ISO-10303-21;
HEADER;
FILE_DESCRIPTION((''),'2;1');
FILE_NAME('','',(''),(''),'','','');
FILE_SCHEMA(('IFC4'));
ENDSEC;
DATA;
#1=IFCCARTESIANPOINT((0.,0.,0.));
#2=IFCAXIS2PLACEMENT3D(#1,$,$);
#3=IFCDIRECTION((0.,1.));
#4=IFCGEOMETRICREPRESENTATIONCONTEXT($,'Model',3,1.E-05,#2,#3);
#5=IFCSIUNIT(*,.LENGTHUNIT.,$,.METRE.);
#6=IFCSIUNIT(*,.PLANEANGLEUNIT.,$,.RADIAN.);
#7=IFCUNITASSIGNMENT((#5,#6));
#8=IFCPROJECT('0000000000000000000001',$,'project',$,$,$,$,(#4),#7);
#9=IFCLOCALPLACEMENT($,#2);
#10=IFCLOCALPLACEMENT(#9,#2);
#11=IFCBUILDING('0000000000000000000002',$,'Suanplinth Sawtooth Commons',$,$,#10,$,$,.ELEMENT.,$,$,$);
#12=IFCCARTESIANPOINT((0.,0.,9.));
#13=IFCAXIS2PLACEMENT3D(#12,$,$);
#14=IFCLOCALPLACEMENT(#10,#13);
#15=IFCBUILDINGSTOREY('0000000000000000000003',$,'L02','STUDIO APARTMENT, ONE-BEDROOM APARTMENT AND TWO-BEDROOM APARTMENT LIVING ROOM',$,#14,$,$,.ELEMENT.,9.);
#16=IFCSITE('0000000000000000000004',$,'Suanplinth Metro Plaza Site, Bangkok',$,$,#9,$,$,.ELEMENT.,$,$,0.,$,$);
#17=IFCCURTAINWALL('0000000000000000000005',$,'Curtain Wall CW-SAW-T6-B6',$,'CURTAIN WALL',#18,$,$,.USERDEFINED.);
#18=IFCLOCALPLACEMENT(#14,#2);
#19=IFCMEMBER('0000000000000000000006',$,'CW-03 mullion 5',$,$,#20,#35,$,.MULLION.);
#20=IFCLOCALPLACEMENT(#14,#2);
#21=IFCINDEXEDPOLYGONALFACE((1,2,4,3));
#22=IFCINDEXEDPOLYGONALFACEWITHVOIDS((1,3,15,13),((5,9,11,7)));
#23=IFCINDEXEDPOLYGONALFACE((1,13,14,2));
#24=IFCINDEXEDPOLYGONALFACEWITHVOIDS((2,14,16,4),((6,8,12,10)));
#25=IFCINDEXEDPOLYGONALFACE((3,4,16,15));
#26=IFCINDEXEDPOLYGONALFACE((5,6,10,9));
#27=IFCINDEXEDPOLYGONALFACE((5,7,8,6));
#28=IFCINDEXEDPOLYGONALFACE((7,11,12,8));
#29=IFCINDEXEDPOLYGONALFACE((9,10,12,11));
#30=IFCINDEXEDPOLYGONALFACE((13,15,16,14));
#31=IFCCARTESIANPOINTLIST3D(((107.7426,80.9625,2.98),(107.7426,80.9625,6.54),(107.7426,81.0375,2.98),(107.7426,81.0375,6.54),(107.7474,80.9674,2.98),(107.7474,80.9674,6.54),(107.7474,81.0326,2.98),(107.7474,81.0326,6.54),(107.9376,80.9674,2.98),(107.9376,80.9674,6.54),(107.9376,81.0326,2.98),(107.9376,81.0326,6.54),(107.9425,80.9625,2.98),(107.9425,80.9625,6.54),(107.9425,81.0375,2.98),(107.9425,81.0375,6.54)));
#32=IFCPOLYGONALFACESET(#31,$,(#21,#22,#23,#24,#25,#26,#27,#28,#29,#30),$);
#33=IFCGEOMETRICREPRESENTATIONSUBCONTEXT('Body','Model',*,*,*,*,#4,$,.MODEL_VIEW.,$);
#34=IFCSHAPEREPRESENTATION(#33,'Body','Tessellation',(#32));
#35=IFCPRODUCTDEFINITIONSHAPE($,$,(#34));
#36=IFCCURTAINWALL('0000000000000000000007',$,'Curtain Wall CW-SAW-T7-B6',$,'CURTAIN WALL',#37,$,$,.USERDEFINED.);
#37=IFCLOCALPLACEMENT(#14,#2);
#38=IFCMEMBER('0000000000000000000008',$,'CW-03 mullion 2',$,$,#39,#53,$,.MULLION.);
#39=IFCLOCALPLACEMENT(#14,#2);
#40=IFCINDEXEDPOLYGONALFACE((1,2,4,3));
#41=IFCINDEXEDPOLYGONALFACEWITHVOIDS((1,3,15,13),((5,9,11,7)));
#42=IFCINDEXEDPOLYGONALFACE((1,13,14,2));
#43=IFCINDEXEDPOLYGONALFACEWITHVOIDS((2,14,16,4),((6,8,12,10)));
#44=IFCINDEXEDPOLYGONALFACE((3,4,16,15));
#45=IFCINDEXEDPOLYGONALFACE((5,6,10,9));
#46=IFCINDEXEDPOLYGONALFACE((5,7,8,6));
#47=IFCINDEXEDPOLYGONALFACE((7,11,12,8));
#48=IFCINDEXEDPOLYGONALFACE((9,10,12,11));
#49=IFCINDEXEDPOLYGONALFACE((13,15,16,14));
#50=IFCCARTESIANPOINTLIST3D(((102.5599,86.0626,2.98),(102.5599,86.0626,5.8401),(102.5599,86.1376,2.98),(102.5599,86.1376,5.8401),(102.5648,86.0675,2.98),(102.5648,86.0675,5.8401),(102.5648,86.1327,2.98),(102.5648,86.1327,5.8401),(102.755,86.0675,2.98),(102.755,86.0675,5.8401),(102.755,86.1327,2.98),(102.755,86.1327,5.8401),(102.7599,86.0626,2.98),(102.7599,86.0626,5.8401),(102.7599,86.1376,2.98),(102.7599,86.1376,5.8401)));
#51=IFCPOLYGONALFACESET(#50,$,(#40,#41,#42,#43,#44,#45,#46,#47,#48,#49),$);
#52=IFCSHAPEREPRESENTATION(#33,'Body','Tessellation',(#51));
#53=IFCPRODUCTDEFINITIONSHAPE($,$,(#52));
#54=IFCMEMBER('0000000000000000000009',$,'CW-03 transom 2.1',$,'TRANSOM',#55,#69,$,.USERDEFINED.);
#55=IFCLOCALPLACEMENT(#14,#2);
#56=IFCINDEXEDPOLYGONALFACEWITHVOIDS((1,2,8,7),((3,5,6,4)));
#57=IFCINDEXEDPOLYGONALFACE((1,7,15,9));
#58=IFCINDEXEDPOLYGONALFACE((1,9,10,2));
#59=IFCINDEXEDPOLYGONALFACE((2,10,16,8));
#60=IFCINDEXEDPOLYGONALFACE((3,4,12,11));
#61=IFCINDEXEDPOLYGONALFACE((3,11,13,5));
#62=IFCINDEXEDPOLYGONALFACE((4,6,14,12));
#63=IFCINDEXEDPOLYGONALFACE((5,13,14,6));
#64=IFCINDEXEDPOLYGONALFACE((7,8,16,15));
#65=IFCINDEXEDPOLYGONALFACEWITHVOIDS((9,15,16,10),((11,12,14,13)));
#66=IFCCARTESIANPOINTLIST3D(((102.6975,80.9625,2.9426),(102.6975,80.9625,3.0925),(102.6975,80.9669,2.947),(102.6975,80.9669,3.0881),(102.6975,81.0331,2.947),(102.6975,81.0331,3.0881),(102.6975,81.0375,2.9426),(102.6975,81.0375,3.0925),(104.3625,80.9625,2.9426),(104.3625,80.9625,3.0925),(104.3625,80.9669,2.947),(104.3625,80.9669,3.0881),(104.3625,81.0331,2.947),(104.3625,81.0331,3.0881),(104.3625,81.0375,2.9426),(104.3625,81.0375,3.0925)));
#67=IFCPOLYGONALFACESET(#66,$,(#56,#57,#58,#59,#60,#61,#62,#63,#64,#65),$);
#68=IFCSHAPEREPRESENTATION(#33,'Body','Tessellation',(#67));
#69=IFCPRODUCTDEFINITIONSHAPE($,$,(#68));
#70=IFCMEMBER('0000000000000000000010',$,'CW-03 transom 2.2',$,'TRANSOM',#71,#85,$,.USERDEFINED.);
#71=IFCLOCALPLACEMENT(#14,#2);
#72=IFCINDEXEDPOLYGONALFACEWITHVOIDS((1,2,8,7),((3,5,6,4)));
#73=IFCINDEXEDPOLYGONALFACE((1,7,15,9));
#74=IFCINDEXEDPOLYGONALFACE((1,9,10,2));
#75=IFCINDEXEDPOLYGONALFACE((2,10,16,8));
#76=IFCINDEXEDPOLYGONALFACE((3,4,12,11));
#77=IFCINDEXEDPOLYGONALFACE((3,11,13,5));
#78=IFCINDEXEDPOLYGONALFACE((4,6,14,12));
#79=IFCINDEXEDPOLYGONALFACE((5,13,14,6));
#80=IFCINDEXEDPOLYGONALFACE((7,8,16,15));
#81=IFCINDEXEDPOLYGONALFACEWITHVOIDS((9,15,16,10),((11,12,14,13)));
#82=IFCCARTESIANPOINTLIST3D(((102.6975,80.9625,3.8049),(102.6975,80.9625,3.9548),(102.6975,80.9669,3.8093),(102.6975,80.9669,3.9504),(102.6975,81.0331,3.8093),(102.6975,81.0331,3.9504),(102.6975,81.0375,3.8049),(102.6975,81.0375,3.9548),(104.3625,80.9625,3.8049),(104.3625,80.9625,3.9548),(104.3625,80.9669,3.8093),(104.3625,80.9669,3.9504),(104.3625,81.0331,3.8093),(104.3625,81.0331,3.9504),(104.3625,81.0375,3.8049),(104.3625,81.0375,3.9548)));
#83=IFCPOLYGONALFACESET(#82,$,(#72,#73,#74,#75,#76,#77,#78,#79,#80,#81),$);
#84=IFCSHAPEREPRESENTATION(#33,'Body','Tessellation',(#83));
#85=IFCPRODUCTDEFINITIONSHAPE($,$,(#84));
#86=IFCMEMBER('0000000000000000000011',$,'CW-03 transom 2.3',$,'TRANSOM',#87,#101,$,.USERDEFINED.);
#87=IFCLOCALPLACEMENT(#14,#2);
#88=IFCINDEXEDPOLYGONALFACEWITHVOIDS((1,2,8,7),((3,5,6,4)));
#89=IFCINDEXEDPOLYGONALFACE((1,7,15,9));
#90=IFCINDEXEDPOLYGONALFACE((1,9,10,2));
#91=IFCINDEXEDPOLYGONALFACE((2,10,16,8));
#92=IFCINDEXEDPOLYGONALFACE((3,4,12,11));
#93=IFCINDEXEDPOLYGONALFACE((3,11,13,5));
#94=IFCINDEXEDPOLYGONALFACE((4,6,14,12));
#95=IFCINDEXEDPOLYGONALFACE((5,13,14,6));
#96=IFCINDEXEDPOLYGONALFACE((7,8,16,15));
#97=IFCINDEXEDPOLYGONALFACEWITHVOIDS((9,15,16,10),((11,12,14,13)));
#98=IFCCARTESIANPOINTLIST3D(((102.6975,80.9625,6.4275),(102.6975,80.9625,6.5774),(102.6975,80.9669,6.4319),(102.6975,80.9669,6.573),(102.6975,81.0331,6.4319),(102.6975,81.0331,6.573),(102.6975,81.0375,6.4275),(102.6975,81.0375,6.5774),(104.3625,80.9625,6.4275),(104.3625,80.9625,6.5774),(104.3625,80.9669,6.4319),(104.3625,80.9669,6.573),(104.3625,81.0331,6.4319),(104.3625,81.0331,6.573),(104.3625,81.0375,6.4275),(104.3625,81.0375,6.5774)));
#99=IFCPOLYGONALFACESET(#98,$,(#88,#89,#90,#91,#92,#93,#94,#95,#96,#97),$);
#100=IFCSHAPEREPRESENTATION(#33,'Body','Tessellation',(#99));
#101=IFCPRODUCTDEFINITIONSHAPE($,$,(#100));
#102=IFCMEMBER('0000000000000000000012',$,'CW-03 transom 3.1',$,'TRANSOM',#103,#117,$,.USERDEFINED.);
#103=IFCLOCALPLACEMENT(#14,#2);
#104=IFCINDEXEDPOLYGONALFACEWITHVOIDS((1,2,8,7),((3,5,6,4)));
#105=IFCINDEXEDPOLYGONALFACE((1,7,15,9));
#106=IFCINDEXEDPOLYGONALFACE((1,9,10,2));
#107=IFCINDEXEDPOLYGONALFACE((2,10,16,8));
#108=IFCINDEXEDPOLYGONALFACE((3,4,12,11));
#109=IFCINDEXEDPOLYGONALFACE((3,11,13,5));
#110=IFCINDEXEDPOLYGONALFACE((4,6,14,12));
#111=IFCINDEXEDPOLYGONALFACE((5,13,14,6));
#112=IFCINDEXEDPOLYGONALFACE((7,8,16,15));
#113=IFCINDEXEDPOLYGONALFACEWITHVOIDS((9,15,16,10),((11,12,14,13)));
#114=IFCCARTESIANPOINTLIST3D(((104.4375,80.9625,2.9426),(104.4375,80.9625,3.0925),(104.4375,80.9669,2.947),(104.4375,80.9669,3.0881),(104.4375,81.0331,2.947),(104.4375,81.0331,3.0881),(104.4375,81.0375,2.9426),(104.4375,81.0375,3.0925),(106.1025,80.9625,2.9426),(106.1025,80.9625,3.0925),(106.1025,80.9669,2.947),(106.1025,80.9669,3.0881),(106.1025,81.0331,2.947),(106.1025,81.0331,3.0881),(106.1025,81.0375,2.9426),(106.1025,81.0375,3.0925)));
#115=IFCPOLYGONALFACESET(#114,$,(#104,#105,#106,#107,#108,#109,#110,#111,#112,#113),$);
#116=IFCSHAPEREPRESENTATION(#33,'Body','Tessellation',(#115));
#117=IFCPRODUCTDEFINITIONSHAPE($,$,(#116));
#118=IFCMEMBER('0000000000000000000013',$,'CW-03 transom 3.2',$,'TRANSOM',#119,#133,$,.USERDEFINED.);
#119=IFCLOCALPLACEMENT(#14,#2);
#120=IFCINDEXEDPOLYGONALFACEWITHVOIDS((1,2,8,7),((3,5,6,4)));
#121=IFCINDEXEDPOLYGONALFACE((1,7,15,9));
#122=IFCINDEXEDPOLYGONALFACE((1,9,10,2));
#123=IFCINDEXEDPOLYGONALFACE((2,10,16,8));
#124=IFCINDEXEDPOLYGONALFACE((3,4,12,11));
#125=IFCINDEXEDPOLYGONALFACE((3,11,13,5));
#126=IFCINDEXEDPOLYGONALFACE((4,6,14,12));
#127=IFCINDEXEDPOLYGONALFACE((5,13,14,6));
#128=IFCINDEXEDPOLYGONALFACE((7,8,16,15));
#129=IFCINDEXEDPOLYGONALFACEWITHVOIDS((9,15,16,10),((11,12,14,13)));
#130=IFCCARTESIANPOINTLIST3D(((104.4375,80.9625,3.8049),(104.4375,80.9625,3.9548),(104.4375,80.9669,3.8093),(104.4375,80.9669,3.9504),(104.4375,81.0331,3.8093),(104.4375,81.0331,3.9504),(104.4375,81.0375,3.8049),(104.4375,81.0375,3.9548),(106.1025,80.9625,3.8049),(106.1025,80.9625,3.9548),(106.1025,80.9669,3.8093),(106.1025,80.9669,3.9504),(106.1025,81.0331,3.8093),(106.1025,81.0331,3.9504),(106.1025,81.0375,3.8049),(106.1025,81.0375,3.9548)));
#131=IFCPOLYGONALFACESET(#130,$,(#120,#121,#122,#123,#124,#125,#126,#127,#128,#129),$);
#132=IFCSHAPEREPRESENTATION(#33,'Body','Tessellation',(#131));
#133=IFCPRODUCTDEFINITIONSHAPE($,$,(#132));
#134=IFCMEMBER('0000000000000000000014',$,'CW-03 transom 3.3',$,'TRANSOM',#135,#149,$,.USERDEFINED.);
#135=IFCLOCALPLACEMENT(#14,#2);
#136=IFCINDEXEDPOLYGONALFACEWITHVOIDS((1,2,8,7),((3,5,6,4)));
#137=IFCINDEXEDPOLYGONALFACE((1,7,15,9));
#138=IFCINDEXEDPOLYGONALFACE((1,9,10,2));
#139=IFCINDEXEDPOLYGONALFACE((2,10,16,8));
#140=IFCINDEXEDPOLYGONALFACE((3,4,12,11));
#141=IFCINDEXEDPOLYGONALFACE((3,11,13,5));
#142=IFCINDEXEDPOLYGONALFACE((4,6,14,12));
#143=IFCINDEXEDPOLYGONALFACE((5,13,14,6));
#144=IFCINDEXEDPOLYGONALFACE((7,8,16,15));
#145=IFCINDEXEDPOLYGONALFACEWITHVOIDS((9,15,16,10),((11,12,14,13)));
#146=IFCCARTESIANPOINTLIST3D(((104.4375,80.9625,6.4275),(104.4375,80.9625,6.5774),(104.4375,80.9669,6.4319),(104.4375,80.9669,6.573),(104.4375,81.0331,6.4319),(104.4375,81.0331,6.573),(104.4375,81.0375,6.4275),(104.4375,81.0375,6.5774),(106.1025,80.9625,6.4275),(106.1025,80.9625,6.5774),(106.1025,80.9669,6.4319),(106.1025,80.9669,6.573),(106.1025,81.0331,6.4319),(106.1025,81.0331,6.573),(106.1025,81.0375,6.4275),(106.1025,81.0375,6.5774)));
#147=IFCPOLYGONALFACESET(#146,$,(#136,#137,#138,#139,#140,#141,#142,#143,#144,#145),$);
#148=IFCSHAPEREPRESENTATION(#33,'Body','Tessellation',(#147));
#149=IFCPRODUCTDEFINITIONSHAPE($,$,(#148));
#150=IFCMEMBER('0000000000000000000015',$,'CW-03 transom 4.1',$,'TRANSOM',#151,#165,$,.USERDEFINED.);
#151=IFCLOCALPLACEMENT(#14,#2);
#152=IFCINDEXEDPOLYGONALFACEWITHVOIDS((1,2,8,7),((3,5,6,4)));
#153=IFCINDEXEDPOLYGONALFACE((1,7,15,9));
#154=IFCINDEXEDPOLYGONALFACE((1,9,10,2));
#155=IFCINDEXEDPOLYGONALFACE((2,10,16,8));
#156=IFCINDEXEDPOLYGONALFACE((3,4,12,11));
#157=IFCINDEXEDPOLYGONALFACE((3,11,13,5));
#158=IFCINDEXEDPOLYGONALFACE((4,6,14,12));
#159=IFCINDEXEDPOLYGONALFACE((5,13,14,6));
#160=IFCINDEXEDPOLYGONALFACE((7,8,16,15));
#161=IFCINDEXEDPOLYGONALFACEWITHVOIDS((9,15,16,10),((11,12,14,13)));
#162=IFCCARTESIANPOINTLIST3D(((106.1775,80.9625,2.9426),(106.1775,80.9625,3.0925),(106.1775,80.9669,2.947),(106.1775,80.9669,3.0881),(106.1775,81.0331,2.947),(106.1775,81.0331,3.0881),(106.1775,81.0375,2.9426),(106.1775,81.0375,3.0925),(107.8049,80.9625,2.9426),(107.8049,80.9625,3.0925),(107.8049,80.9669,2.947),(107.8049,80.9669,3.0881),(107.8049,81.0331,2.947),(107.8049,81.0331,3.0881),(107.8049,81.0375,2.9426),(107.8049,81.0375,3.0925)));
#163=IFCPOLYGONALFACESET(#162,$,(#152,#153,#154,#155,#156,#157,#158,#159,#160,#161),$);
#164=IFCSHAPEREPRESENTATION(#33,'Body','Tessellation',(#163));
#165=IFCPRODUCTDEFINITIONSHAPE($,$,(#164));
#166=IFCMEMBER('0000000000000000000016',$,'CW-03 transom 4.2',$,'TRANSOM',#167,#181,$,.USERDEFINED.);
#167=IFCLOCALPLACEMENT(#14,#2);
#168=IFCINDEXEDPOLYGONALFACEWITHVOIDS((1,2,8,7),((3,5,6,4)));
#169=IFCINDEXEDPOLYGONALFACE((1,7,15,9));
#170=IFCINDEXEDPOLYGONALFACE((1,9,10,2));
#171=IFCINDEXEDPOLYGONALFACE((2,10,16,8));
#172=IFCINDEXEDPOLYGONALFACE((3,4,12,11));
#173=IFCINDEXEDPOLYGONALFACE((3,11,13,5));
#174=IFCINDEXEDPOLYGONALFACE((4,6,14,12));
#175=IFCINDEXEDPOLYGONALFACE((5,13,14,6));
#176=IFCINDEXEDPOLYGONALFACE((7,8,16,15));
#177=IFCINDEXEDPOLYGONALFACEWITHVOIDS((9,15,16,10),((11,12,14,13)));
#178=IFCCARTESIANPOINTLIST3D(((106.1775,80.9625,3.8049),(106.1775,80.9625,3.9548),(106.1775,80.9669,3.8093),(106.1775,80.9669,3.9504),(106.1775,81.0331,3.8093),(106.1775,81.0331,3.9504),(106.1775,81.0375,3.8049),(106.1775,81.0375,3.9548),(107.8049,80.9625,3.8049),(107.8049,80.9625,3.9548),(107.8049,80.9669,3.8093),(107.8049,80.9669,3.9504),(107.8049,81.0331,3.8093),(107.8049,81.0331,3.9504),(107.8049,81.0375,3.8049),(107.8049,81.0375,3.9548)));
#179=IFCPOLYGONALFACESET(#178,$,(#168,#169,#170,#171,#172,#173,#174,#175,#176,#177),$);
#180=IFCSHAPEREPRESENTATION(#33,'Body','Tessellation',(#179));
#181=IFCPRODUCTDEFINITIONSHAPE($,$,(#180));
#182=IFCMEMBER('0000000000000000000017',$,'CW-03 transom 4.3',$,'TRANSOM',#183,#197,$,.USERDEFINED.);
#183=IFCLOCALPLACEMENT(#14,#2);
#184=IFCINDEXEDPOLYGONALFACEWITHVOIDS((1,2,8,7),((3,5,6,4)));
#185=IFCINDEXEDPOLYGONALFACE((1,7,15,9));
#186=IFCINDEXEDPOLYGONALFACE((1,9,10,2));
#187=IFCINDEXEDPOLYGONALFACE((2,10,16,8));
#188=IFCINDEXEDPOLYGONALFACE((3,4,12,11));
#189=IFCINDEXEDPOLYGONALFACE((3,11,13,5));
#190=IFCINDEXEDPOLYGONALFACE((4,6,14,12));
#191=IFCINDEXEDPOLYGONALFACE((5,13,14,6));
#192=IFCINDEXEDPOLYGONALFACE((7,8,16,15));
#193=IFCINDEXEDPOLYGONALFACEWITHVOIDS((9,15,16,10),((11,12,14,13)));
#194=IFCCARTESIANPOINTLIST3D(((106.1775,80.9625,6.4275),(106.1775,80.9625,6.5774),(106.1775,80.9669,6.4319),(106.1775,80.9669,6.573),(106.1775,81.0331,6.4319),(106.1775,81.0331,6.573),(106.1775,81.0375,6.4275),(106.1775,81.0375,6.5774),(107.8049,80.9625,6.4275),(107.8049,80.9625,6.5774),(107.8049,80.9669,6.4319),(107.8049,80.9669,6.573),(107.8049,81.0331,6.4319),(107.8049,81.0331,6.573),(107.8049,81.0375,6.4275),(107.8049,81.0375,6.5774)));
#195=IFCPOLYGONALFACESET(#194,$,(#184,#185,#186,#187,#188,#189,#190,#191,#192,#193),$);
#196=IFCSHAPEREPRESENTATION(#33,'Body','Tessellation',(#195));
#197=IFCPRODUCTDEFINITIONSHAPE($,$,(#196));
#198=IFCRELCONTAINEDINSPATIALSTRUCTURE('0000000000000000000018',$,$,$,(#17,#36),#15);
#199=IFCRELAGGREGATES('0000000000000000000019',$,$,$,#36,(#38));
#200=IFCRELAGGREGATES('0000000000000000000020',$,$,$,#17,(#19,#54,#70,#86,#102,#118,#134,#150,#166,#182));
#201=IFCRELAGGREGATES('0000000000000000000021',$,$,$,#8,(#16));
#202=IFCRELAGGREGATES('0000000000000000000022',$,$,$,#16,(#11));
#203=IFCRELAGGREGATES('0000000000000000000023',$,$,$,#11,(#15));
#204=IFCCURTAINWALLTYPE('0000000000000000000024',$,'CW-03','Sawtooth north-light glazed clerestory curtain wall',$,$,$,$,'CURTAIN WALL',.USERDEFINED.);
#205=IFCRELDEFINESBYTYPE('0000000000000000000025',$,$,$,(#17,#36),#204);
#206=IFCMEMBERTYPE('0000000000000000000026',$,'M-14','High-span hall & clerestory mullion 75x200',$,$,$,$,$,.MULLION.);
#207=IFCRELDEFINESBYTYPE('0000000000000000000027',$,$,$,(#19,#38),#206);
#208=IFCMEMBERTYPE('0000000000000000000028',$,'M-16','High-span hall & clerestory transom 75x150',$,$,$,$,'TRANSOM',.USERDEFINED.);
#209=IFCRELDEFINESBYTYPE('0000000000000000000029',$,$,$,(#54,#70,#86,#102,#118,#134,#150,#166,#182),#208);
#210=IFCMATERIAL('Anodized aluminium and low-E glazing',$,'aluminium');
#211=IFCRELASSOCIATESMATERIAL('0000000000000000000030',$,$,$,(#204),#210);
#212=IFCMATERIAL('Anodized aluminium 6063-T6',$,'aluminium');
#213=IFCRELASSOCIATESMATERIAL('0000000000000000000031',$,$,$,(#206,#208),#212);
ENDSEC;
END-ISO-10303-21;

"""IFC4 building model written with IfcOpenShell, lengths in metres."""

from ifc_helpers import new_model, si_unit, direction, frame, origin, origin_2d, place, context, subcontext, project, spatial, hollow_rectangle, extrude, material, material_profile, profile_set, type_object, element, aggregate, save


model = new_model("IFC4")

# Units and contexts
model_context = context("Model", 3, precision=1e-05, world=origin(), true_north=direction((0.0, 1.0)))
body_context = subcontext(model_context, "Body", "Model", "MODEL_VIEW")
ifc_project = project(units=[si_unit("LENGTHUNIT", "METRE"), si_unit("PLANEANGLEUNIT", "RADIAN")], contexts=[model_context])

# Site, building, storey
site_placement = place(None, origin())
site = spatial("IfcSite", under=ifc_project, at=site_placement, Name="Suanplinth Metro Plaza Site, Bangkok", CompositionType="ELEMENT", RefElevation=0.0)
building_placement = place(site_placement, origin())
building = spatial("IfcBuilding", under=site, at=building_placement, Name="Suanplinth Sawtooth Commons", CompositionType="ELEMENT")
storey_placement = place(building_placement, frame((0.0, 0.0, 9.0)))
storey = spatial("IfcBuildingStorey", under=building, at=storey_placement, Name="L02", Description="STUDIO APARTMENT, ONE-BEDROOM APARTMENT AND TWO-BEDROOM APARTMENT LIVING ROOM", CompositionType="ELEMENT", Elevation=9.0)

# Curtain wall, member
ifc_material_1 = material(Name="Anodized aluminium and low-E glazing", Category="aluminium")
curtain_wall_type = type_object("IfcCurtainWallType", Name="CW-03", Description="Sawtooth north-light glazed clerestory curtain wall", ElementType="CURTAIN WALL", PredefinedType="USERDEFINED", material=ifc_material_1)
curtain_wall_1_placement = place(storey_placement, origin())
curtain_wall_1 = element("IfcCurtainWall", 1, at=curtain_wall_1_placement, inside=storey, type_object=curtain_wall_type, Name="Curtain Wall CW-SAW-T6-B6", ObjectType="CURTAIN WALL", PredefinedType="USERDEFINED")
ifc_material_2 = material(Name="Anodized aluminium 6063-T6", Category="aluminium")
ifc_material_profile_1 = material_profile(ifc_material_2, hollow_rectangle(XDim=0.075, YDim=0.2, WallThickness=0.0049, at=origin_2d()), Name="ALU-MUL 75x200")
ifc_profile_set_1 = profile_set([ifc_material_profile_1], Name="Anodized aluminium 6063-T6")
member_type_1 = type_object("IfcMemberType", Name="M-14", Description="High-span hall & clerestory mullion 75x200", PredefinedType="MULLION", material=ifc_profile_set_1)
member_1_placement = place(storey_placement, frame((107.8425, 81.0, 2.98), z_axis=(0.0, 0.0, 1.0), x_axis=(0.0, 1.0, 0.0)))
member_1 = element("IfcMember", 2, at=member_1_placement, type_object=member_type_1, Name="CW-03 mullion 5", PredefinedType="MULLION", context=body_context, shape_type="SweptSolid", body=[
    extrude(hollow_rectangle(XDim=0.075, YDim=0.2, WallThickness=0.0049, at=origin_2d()), origin(), (0.0, 0.0, 1.0), 3.5601),
])

# Curtain wall, member
curtain_wall_2_placement = place(storey_placement, origin())
curtain_wall_2 = element("IfcCurtainWall", 3, at=curtain_wall_2_placement, inside=storey, type_object=curtain_wall_type, Name="Curtain Wall CW-SAW-T7-B6", ObjectType="CURTAIN WALL", PredefinedType="USERDEFINED")
member_2_placement = place(storey_placement, frame((102.6599, 86.1001, 2.98), z_axis=(0.0, 0.0, 1.0), x_axis=(0.0, 1.0, 0.0)))
member_2 = element("IfcMember", 4, at=member_2_placement, type_object=member_type_1, Name="CW-03 mullion 2", PredefinedType="MULLION", context=body_context, shape_type="SweptSolid", body=[
    extrude(hollow_rectangle(XDim=0.075, YDim=0.2, WallThickness=0.0049, at=origin_2d()), origin(), (0.0, 0.0, 1.0), 2.8601),
])

# Members
ifc_material_profile_2 = material_profile(ifc_material_2, hollow_rectangle(XDim=0.075, YDim=0.1499, WallThickness=0.0044, at=origin_2d()), Name="ALU-TRN 75x150")
ifc_profile_set_2 = profile_set([ifc_material_profile_2], Name="Anodized aluminium 6063-T6")
member_type_2 = type_object("IfcMemberType", Name="M-16", Description="High-span hall & clerestory transom 75x150", ElementType="TRANSOM", PredefinedType="USERDEFINED", material=ifc_profile_set_2)
member_3_placement = place(storey_placement, frame((102.6975, 81.0, 3.0176), z_axis=(1.0, 0.0, 0.0), x_axis=(0.0, 1.0, 0.0)))
member_3 = element("IfcMember", 5, at=member_3_placement, type_object=member_type_2, Name="CW-03 transom 2.1", ObjectType="TRANSOM", PredefinedType="USERDEFINED", context=body_context, shape_type="SweptSolid", body=[
    extrude(hollow_rectangle(XDim=0.075, YDim=0.1499, WallThickness=0.0044, at=origin_2d()), origin(), (0.0, 0.0, 1.0), 1.665),
])
member_4_placement = place(storey_placement, frame((102.6975, 81.0, 3.8799), z_axis=(1.0, 0.0, 0.0), x_axis=(0.0, 1.0, 0.0)))
member_4 = element("IfcMember", 6, at=member_4_placement, type_object=member_type_2, Name="CW-03 transom 2.2", ObjectType="TRANSOM", PredefinedType="USERDEFINED", context=body_context, shape_type="SweptSolid", body=[
    extrude(hollow_rectangle(XDim=0.075, YDim=0.1499, WallThickness=0.0044, at=origin_2d()), origin(), (0.0, 0.0, 1.0), 1.665),
])
member_5_placement = place(storey_placement, frame((102.6975, 81.0, 6.5024), z_axis=(1.0, 0.0, 0.0), x_axis=(0.0, 1.0, 0.0)))
member_5 = element("IfcMember", 7, at=member_5_placement, type_object=member_type_2, Name="CW-03 transom 2.3", ObjectType="TRANSOM", PredefinedType="USERDEFINED", context=body_context, shape_type="SweptSolid", body=[
    extrude(hollow_rectangle(XDim=0.075, YDim=0.1499, WallThickness=0.0044, at=origin_2d()), origin(), (0.0, 0.0, 1.0), 1.665),
])
member_6_placement = place(storey_placement, frame((104.4375, 81.0, 3.0176), z_axis=(1.0, 0.0, 0.0), x_axis=(0.0, 1.0, 0.0)))
member_6 = element("IfcMember", 8, at=member_6_placement, type_object=member_type_2, Name="CW-03 transom 3.1", ObjectType="TRANSOM", PredefinedType="USERDEFINED", context=body_context, shape_type="SweptSolid", body=[
    extrude(hollow_rectangle(XDim=0.075, YDim=0.1499, WallThickness=0.0044, at=origin_2d()), origin(), (0.0, 0.0, 1.0), 1.665),
])
member_7_placement = place(storey_placement, frame((104.4375, 81.0, 3.8799), z_axis=(1.0, 0.0, 0.0), x_axis=(0.0, 1.0, 0.0)))
member_7 = element("IfcMember", 9, at=member_7_placement, type_object=member_type_2, Name="CW-03 transom 3.2", ObjectType="TRANSOM", PredefinedType="USERDEFINED", context=body_context, shape_type="SweptSolid", body=[
    extrude(hollow_rectangle(XDim=0.075, YDim=0.1499, WallThickness=0.0044, at=origin_2d()), origin(), (0.0, 0.0, 1.0), 1.665),
])
member_8_placement = place(storey_placement, frame((104.4375, 81.0, 6.5024), z_axis=(1.0, 0.0, 0.0), x_axis=(0.0, 1.0, 0.0)))
member_8 = element("IfcMember", 10, at=member_8_placement, type_object=member_type_2, Name="CW-03 transom 3.3", ObjectType="TRANSOM", PredefinedType="USERDEFINED", context=body_context, shape_type="SweptSolid", body=[
    extrude(hollow_rectangle(XDim=0.075, YDim=0.1499, WallThickness=0.0044, at=origin_2d()), origin(), (0.0, 0.0, 1.0), 1.665),
])
member_9_placement = place(storey_placement, frame((106.1775, 81.0, 3.0176), z_axis=(1.0, 0.0, 0.0), x_axis=(0.0, 1.0, 0.0)))
member_9 = element("IfcMember", 11, at=member_9_placement, type_object=member_type_2, Name="CW-03 transom 4.1", ObjectType="TRANSOM", PredefinedType="USERDEFINED", context=body_context, shape_type="SweptSolid", body=[
    extrude(hollow_rectangle(XDim=0.075, YDim=0.1499, WallThickness=0.0044, at=origin_2d()), origin(), (0.0, 0.0, 1.0), 1.6274),
])
member_10_placement = place(storey_placement, frame((106.1775, 81.0, 3.8799), z_axis=(1.0, 0.0, 0.0), x_axis=(0.0, 1.0, 0.0)))
member_10 = element("IfcMember", 12, at=member_10_placement, type_object=member_type_2, Name="CW-03 transom 4.2", ObjectType="TRANSOM", PredefinedType="USERDEFINED", context=body_context, shape_type="SweptSolid", body=[
    extrude(hollow_rectangle(XDim=0.075, YDim=0.1499, WallThickness=0.0044, at=origin_2d()), origin(), (0.0, 0.0, 1.0), 1.6274),
])
member_11_placement = place(storey_placement, frame((106.1775, 81.0, 6.5024), z_axis=(1.0, 0.0, 0.0), x_axis=(0.0, 1.0, 0.0)))
member_11 = element("IfcMember", 13, at=member_11_placement, type_object=member_type_2, Name="CW-03 transom 4.3", ObjectType="TRANSOM", PredefinedType="USERDEFINED", context=body_context, shape_type="SweptSolid", body=[
    extrude(hollow_rectangle(XDim=0.075, YDim=0.1499, WallThickness=0.0044, at=origin_2d()), origin(), (0.0, 0.0, 1.0), 1.6274),
])
aggregate(curtain_wall_2, [member_2])

aggregate(curtain_wall_1, [member_1, member_3, member_4, member_5, member_6, member_7, member_8, member_9, member_10, member_11])

save(model, "model.ifc")
